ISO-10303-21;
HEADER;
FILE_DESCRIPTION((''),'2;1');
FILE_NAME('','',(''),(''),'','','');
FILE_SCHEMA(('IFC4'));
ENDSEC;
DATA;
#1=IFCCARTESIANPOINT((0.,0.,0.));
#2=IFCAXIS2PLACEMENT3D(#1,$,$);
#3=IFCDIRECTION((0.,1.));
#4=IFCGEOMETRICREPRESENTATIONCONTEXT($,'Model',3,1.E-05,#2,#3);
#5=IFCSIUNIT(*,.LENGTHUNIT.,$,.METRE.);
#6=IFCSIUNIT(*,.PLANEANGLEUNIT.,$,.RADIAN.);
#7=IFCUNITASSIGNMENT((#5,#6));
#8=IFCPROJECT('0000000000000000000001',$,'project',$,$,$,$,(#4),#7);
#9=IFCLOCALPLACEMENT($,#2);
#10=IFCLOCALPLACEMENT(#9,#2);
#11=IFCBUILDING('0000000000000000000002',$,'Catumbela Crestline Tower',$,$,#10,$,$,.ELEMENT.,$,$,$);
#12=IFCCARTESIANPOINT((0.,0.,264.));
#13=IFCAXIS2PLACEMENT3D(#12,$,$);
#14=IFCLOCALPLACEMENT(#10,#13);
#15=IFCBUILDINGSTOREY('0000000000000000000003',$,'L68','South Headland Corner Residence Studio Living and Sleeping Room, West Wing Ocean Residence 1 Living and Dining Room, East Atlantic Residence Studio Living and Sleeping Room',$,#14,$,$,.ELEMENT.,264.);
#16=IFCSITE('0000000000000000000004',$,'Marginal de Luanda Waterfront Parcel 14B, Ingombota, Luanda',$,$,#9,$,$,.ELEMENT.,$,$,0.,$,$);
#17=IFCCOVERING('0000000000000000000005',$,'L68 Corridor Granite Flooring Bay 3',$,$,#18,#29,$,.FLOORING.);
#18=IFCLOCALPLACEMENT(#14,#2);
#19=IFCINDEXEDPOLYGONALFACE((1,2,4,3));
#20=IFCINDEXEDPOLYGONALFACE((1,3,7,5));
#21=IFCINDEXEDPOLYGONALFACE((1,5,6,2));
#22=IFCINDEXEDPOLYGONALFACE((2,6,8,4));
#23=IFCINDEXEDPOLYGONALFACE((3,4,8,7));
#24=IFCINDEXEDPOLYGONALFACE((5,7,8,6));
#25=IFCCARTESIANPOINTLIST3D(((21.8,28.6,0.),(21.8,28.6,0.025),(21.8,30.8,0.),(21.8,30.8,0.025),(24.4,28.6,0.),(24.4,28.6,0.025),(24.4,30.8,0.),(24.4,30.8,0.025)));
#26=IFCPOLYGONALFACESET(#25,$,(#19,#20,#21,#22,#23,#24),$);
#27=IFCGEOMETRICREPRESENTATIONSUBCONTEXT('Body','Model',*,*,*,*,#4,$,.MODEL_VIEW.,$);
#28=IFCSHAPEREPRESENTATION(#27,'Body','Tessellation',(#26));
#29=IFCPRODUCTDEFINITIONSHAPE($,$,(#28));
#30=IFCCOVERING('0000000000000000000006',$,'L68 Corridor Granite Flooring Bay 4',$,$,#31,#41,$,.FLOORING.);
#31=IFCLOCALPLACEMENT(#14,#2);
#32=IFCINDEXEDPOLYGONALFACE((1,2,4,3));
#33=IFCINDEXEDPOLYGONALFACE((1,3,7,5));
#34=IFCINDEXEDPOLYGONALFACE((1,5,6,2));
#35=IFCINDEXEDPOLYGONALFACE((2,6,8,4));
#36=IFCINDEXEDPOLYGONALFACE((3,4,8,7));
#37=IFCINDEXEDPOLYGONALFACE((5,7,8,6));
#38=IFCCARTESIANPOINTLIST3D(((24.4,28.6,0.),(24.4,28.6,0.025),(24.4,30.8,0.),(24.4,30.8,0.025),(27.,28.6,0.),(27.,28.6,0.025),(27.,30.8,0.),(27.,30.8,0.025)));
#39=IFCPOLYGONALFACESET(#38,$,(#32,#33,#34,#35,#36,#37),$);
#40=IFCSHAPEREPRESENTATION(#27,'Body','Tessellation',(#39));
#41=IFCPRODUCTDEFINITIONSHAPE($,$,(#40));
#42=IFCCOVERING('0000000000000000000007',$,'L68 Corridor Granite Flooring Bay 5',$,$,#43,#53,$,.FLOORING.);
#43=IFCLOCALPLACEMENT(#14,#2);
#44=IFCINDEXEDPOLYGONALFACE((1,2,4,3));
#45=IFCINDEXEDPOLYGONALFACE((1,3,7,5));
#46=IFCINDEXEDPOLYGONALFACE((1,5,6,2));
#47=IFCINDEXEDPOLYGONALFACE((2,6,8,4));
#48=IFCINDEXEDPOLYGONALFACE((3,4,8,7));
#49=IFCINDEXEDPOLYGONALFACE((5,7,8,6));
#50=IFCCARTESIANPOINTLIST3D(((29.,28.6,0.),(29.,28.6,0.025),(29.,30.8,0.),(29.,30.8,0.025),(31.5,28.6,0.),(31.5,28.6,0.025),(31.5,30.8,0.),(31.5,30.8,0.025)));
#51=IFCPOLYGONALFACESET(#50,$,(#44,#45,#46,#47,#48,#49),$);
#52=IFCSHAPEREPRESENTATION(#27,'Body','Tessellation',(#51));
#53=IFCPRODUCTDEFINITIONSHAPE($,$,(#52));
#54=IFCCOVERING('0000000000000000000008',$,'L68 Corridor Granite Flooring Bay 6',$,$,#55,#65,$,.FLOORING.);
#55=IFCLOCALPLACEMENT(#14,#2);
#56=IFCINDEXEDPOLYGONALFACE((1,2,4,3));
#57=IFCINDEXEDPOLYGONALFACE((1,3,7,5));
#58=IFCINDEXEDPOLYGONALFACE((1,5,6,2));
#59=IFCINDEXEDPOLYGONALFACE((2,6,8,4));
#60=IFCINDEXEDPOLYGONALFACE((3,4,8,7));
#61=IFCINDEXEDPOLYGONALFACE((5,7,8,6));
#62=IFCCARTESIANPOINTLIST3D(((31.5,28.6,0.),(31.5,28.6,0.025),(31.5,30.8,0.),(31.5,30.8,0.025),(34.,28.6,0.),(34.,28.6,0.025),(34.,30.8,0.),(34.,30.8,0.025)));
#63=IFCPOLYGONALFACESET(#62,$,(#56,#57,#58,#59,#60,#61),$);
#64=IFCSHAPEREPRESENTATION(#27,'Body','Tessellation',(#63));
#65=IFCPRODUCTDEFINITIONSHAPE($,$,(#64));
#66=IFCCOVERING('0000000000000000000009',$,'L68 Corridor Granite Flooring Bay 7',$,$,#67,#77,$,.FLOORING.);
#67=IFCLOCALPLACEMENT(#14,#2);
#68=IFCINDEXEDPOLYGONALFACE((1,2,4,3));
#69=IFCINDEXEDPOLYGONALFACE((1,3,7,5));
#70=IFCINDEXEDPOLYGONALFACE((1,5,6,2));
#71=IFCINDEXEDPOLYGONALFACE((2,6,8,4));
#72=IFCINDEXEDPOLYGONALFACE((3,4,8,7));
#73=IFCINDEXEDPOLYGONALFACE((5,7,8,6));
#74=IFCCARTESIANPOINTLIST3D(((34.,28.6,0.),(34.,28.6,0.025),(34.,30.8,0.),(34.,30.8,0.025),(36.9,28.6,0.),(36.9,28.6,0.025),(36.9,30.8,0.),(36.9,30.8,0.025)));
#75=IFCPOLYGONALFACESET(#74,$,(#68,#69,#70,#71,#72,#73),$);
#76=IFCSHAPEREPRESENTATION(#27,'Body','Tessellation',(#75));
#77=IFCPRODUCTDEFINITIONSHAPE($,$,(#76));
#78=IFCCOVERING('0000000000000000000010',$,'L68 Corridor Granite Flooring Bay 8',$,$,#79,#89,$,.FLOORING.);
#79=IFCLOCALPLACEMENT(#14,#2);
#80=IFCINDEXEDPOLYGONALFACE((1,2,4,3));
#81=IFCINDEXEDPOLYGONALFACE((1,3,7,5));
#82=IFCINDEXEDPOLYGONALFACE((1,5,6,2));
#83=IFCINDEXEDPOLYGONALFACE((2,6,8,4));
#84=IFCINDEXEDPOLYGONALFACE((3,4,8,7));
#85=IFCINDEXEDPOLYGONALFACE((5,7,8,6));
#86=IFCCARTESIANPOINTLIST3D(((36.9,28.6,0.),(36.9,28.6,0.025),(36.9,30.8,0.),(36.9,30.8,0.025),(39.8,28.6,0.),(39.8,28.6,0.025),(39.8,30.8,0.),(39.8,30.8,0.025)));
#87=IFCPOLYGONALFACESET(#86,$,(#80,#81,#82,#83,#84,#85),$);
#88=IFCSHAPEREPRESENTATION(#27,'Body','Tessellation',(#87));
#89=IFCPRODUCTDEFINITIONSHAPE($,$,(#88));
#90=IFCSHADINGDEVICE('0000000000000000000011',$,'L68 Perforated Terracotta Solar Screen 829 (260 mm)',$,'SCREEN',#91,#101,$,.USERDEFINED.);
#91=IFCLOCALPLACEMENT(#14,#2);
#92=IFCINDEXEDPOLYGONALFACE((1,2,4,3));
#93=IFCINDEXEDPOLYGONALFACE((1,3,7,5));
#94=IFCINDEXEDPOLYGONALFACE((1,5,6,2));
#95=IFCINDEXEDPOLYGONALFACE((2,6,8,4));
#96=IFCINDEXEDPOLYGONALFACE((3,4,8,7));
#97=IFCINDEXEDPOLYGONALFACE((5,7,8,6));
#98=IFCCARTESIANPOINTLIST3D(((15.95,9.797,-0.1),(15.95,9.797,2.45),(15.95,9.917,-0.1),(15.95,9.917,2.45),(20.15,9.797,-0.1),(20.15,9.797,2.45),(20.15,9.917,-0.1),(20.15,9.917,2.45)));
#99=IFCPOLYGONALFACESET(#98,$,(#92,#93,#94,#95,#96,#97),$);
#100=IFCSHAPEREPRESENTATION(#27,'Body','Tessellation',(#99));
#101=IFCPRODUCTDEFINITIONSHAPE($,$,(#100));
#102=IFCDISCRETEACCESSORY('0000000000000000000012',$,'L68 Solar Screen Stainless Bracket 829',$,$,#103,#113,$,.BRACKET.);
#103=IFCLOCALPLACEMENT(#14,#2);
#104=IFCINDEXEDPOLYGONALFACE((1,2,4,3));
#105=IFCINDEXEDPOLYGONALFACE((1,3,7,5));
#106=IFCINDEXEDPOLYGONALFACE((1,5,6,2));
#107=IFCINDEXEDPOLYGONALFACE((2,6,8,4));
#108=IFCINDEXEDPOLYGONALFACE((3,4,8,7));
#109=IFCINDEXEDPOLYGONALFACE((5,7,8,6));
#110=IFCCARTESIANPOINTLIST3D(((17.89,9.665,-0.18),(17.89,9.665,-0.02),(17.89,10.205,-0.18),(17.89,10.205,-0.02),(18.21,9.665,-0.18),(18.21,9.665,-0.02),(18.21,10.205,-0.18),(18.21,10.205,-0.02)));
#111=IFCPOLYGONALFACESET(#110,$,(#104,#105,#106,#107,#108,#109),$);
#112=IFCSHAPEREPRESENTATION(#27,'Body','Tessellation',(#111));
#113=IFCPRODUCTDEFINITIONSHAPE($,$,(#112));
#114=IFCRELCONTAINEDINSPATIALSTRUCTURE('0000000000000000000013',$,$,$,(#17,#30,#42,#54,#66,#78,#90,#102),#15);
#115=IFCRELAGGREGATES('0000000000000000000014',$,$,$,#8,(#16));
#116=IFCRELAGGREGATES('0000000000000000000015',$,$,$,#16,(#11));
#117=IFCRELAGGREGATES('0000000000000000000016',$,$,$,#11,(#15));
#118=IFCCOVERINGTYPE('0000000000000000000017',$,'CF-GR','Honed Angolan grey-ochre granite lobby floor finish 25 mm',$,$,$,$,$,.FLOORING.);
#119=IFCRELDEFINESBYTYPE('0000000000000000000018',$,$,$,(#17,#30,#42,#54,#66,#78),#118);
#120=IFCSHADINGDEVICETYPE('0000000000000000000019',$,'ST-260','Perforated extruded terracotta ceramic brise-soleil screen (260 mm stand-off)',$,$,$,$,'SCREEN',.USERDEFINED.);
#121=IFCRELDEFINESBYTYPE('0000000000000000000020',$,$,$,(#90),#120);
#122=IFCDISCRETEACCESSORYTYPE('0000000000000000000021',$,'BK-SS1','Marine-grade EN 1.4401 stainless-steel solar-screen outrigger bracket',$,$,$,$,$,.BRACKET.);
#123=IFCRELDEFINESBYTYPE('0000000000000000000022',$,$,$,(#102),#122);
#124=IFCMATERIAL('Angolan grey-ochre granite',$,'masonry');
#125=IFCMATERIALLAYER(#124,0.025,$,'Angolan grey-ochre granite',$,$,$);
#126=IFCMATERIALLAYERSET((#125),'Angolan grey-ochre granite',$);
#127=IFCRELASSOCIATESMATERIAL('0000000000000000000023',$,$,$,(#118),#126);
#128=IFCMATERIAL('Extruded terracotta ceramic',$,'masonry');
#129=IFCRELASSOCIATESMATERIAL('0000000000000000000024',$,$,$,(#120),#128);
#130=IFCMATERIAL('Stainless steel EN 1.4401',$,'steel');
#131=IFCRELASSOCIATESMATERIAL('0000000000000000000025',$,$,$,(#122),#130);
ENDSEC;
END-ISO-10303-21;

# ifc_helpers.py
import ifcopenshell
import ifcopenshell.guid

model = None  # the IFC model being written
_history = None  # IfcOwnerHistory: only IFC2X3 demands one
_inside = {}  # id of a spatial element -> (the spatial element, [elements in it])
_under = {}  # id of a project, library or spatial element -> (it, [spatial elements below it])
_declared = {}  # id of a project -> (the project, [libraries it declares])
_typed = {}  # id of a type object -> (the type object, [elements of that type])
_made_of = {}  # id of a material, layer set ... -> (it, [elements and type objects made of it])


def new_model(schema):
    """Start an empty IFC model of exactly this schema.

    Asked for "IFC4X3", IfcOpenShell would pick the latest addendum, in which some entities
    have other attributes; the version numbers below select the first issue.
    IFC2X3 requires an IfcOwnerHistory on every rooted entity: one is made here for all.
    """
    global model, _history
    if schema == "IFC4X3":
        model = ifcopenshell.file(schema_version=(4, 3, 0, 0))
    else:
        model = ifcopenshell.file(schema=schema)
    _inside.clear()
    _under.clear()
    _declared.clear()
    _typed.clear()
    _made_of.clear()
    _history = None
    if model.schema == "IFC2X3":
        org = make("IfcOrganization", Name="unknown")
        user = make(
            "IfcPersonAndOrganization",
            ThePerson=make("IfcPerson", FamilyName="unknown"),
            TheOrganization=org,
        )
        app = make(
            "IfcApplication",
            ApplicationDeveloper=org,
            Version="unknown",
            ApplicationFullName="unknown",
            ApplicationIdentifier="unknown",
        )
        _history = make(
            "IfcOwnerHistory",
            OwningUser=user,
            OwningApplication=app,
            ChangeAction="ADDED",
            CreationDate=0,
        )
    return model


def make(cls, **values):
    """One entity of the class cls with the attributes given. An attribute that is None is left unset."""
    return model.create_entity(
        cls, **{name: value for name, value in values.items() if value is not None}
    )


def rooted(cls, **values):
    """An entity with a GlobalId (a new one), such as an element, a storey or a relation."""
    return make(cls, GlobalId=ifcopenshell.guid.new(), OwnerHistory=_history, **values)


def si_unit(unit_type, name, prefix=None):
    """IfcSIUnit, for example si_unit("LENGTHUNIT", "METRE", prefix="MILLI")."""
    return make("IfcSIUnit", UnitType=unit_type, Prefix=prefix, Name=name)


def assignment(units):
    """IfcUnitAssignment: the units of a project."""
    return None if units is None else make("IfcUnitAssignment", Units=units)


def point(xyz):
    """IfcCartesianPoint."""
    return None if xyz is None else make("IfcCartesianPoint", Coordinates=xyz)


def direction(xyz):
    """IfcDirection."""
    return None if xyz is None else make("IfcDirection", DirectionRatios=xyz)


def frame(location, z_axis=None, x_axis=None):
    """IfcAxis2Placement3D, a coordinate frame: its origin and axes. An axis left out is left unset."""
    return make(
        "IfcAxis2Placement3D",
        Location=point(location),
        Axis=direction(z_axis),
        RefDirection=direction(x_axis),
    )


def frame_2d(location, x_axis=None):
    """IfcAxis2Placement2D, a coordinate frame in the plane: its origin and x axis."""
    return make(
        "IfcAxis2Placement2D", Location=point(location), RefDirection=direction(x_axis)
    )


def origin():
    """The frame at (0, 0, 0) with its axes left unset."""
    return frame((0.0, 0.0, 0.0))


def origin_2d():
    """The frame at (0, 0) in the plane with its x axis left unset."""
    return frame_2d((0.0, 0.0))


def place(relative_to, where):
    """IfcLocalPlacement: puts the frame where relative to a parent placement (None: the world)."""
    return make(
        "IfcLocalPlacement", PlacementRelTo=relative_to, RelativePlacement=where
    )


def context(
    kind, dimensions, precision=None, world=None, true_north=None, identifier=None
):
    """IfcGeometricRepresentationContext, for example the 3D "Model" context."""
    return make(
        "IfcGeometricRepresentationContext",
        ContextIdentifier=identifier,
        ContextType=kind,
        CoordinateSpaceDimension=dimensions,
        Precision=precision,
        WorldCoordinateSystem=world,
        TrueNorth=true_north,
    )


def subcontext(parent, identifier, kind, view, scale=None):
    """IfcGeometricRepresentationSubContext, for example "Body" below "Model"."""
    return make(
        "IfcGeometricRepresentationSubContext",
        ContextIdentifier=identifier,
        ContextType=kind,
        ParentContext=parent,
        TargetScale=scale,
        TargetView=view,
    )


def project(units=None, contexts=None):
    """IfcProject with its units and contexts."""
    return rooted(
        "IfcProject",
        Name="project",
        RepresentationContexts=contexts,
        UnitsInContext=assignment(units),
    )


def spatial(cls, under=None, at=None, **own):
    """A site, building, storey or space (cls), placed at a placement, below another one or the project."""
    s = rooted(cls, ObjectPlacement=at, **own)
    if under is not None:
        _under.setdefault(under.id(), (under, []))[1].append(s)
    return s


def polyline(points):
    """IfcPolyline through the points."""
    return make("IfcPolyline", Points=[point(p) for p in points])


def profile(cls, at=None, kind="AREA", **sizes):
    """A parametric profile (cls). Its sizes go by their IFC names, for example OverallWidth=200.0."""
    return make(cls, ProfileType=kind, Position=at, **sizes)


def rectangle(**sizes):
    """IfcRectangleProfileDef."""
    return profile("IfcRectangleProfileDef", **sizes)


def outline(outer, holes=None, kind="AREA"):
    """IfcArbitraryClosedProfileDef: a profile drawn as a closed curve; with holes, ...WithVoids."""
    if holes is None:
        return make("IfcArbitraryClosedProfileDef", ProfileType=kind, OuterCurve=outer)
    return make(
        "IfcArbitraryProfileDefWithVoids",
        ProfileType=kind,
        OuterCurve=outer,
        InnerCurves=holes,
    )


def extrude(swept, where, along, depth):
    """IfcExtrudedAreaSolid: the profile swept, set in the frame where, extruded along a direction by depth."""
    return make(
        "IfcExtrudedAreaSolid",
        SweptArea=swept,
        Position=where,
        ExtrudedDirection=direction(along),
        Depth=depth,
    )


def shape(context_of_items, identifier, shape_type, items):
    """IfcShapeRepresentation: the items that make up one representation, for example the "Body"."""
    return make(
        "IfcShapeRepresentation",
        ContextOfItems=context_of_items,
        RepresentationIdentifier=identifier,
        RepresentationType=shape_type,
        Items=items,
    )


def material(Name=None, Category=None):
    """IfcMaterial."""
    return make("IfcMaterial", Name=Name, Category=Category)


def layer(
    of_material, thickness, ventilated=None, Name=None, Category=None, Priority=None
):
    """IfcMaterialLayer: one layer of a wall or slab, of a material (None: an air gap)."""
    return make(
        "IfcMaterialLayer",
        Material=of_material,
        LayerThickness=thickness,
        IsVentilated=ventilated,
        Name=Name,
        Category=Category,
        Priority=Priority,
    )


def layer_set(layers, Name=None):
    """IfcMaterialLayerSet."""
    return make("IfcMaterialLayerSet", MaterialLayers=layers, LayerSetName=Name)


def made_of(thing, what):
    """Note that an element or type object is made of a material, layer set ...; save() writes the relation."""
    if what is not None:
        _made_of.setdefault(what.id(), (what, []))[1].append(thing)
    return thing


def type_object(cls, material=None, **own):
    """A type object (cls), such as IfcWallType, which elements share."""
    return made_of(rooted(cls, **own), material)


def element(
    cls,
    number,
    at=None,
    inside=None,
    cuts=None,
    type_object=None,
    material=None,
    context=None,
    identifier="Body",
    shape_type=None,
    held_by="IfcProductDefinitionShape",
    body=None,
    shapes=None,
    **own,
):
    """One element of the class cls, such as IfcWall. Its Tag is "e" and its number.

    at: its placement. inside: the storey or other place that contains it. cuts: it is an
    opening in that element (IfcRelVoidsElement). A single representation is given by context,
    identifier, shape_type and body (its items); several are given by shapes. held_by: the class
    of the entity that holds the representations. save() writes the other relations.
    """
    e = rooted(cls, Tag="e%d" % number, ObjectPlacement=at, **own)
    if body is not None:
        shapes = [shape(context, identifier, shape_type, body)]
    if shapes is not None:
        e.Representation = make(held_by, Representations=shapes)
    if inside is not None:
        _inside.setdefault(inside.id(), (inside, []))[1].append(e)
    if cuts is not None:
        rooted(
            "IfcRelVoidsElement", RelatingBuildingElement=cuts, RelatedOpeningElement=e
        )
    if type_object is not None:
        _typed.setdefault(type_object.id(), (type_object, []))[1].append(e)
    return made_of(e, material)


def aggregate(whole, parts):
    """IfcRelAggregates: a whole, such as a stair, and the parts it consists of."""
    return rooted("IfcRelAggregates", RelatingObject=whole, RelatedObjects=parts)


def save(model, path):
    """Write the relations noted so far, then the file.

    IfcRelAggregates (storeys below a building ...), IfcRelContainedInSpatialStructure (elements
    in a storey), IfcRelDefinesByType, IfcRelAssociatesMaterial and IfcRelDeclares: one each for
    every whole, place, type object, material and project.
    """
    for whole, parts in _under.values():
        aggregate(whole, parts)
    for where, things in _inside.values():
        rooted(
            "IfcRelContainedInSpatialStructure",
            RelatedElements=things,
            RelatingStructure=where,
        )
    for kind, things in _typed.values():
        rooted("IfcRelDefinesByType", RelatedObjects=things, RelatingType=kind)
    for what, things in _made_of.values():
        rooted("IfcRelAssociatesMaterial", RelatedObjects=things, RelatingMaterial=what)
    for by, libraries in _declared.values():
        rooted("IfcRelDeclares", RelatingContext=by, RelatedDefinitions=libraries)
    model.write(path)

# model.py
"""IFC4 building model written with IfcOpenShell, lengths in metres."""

from ifc_helpers import new_model, si_unit, direction, frame, origin, origin_2d, place, context, subcontext, project, spatial, polyline, rectangle, outline, extrude, material, layer, layer_set, type_object, element, save


model = new_model("IFC4")

# Units and contexts
model_context = context("Model", 3, precision=1e-05, world=origin(), true_north=direction((0.0, 1.0)))
body_context = subcontext(model_context, "Body", "Model", "MODEL_VIEW")
ifc_project = project(units=[si_unit("LENGTHUNIT", "METRE"), si_unit("PLANEANGLEUNIT", "RADIAN")], contexts=[model_context])

# Site, building, storey
site_placement = place(None, origin())
site = spatial("IfcSite", under=ifc_project, at=site_placement, Name="Marginal de Luanda Waterfront Parcel 14B, Ingombota, Luanda", CompositionType="ELEMENT", RefElevation=0.0)
building_placement = place(site_placement, origin())
building = spatial("IfcBuilding", under=site, at=building_placement, Name="Catumbela Crestline Tower", CompositionType="ELEMENT")
storey_placement = place(building_placement, frame((0.0, 0.0, 264.0)))
storey = spatial("IfcBuildingStorey", under=building, at=storey_placement, Name="L68", Description="South Headland Corner Residence Studio Living and Sleeping Room, West Wing Ocean Residence 1 Living and Dining Room, East Atlantic Residence Studio Living and Sleeping Room", CompositionType="ELEMENT", Elevation=264.0)

# Shared definitions
ifc_material_1 = material(Name="Angolan grey-ochre granite", Category="masonry")

# Coverings
ifc_layer_1 = layer(ifc_material_1, 0.025, Name="Angolan grey-ochre granite")
ifc_layer_set_1 = layer_set([ifc_layer_1], Name="Angolan grey-ochre granite")
covering_type_1 = type_object("IfcCoveringType", Name="CF-GR", Description="Honed Angolan grey-ochre granite lobby floor finish 25 mm", PredefinedType="FLOORING", material=ifc_layer_set_1)
covering_1_placement = place(storey_placement, origin())
element("IfcCovering", 1, at=covering_1_placement, inside=storey, type_object=covering_type_1, Name="L68 Corridor Granite Flooring Bay 3", PredefinedType="FLOORING", context=body_context, shape_type="SweptSolid", body=[
    extrude(outline(polyline([(21.8, 28.6), (24.4, 28.6), (24.4, 30.8), (21.8, 30.8), (21.8, 28.6)])), origin(), (0.0, 0.0, 1.0), 0.025),
])
covering_2_placement = place(storey_placement, origin())
element("IfcCovering", 2, at=covering_2_placement, inside=storey, type_object=covering_type_1, Name="L68 Corridor Granite Flooring Bay 4", PredefinedType="FLOORING", context=body_context, shape_type="SweptSolid", body=[
    extrude(outline(polyline([(24.4, 28.6), (27.0, 28.6), (27.0, 30.8), (24.4, 30.8), (24.4, 28.6)])), origin(), (0.0, 0.0, 1.0), 0.025),
])
covering_3_placement = place(storey_placement, origin())
element("IfcCovering", 3, at=covering_3_placement, inside=storey, type_object=covering_type_1, Name="L68 Corridor Granite Flooring Bay 5", PredefinedType="FLOORING", context=body_context, shape_type="SweptSolid", body=[
    extrude(outline(polyline([(29.0, 28.6), (31.5, 28.6), (31.5, 30.8), (29.0, 30.8), (29.0, 28.6)])), origin(), (0.0, 0.0, 1.0), 0.025),
])
covering_4_placement = place(storey_placement, origin())
element("IfcCovering", 4, at=covering_4_placement, inside=storey, type_object=covering_type_1, Name="L68 Corridor Granite Flooring Bay 6", PredefinedType="FLOORING", context=body_context, shape_type="SweptSolid", body=[
    extrude(outline(polyline([(31.5, 28.6), (34.0, 28.6), (34.0, 30.8), (31.5, 30.8), (31.5, 28.6)])), origin(), (0.0, 0.0, 1.0), 0.025),
])
covering_5_placement = place(storey_placement, origin())
element("IfcCovering", 5, at=covering_5_placement, inside=storey, type_object=covering_type_1, Name="L68 Corridor Granite Flooring Bay 7", PredefinedType="FLOORING", context=body_context, shape_type="SweptSolid", body=[
    extrude(outline(polyline([(34.0, 28.6), (36.9, 28.6), (36.9, 30.8), (34.0, 30.8), (34.0, 28.6)])), origin(), (0.0, 0.0, 1.0), 0.025),
])
covering_6_placement = place(storey_placement, origin())
element("IfcCovering", 6, at=covering_6_placement, inside=storey, type_object=covering_type_1, Name="L68 Corridor Granite Flooring Bay 8", PredefinedType="FLOORING", context=body_context, shape_type="SweptSolid", body=[
    extrude(outline(polyline([(36.9, 28.6), (39.8, 28.6), (39.8, 30.8), (36.9, 30.8), (36.9, 28.6)])), origin(), (0.0, 0.0, 1.0), 0.025),
])

# Shared definitions
ifc_material_2 = material(Name="Stainless steel EN 1.4401", Category="steel")

# Shading device
ifc_material_3 = material(Name="Extruded terracotta ceramic", Category="masonry")
shading_device_type = type_object("IfcShadingDeviceType", Name="ST-260", Description="Perforated extruded terracotta ceramic brise-soleil screen (260 mm stand-off)", ElementType="SCREEN", PredefinedType="USERDEFINED", material=ifc_material_3)
shading_device_placement = place(storey_placement, frame((18.05, 9.857, -0.1), z_axis=(0.0, 0.0, 1.0), x_axis=(1.0, 0.0, 0.0)))
element("IfcShadingDevice", 7, at=shading_device_placement, inside=storey, type_object=shading_device_type, Name="L68 Perforated Terracotta Solar Screen 829 (260 mm)", ObjectType="SCREEN", PredefinedType="USERDEFINED", context=body_context, shape_type="SweptSolid", body=[
    extrude(rectangle(XDim=4.2, YDim=0.12, at=origin_2d()), origin(), (0.0, 0.0, 1.0), 2.55),
])

# Discrete accessory
discrete_accessory_type = type_object("IfcDiscreteAccessoryType", Name="BK-SS1", Description="Marine-grade EN 1.4401 stainless-steel solar-screen outrigger bracket", PredefinedType="BRACKET", material=ifc_material_2)
discrete_accessory_placement = place(storey_placement, frame((18.05, 9.935, -0.18), z_axis=(0.0, 0.0, 1.0), x_axis=(1.0, 0.0, 0.0)))
element("IfcDiscreteAccessory", 8, at=discrete_accessory_placement, inside=storey, type_object=discrete_accessory_type, Name="L68 Solar Screen Stainless Bracket 829", PredefinedType="BRACKET", context=body_context, shape_type="SweptSolid", body=[
    extrude(rectangle(XDim=0.32, YDim=0.54, at=origin_2d()), origin(), (0.0, 0.0, 1.0), 0.16),
])

save(model, "model.ifc")
